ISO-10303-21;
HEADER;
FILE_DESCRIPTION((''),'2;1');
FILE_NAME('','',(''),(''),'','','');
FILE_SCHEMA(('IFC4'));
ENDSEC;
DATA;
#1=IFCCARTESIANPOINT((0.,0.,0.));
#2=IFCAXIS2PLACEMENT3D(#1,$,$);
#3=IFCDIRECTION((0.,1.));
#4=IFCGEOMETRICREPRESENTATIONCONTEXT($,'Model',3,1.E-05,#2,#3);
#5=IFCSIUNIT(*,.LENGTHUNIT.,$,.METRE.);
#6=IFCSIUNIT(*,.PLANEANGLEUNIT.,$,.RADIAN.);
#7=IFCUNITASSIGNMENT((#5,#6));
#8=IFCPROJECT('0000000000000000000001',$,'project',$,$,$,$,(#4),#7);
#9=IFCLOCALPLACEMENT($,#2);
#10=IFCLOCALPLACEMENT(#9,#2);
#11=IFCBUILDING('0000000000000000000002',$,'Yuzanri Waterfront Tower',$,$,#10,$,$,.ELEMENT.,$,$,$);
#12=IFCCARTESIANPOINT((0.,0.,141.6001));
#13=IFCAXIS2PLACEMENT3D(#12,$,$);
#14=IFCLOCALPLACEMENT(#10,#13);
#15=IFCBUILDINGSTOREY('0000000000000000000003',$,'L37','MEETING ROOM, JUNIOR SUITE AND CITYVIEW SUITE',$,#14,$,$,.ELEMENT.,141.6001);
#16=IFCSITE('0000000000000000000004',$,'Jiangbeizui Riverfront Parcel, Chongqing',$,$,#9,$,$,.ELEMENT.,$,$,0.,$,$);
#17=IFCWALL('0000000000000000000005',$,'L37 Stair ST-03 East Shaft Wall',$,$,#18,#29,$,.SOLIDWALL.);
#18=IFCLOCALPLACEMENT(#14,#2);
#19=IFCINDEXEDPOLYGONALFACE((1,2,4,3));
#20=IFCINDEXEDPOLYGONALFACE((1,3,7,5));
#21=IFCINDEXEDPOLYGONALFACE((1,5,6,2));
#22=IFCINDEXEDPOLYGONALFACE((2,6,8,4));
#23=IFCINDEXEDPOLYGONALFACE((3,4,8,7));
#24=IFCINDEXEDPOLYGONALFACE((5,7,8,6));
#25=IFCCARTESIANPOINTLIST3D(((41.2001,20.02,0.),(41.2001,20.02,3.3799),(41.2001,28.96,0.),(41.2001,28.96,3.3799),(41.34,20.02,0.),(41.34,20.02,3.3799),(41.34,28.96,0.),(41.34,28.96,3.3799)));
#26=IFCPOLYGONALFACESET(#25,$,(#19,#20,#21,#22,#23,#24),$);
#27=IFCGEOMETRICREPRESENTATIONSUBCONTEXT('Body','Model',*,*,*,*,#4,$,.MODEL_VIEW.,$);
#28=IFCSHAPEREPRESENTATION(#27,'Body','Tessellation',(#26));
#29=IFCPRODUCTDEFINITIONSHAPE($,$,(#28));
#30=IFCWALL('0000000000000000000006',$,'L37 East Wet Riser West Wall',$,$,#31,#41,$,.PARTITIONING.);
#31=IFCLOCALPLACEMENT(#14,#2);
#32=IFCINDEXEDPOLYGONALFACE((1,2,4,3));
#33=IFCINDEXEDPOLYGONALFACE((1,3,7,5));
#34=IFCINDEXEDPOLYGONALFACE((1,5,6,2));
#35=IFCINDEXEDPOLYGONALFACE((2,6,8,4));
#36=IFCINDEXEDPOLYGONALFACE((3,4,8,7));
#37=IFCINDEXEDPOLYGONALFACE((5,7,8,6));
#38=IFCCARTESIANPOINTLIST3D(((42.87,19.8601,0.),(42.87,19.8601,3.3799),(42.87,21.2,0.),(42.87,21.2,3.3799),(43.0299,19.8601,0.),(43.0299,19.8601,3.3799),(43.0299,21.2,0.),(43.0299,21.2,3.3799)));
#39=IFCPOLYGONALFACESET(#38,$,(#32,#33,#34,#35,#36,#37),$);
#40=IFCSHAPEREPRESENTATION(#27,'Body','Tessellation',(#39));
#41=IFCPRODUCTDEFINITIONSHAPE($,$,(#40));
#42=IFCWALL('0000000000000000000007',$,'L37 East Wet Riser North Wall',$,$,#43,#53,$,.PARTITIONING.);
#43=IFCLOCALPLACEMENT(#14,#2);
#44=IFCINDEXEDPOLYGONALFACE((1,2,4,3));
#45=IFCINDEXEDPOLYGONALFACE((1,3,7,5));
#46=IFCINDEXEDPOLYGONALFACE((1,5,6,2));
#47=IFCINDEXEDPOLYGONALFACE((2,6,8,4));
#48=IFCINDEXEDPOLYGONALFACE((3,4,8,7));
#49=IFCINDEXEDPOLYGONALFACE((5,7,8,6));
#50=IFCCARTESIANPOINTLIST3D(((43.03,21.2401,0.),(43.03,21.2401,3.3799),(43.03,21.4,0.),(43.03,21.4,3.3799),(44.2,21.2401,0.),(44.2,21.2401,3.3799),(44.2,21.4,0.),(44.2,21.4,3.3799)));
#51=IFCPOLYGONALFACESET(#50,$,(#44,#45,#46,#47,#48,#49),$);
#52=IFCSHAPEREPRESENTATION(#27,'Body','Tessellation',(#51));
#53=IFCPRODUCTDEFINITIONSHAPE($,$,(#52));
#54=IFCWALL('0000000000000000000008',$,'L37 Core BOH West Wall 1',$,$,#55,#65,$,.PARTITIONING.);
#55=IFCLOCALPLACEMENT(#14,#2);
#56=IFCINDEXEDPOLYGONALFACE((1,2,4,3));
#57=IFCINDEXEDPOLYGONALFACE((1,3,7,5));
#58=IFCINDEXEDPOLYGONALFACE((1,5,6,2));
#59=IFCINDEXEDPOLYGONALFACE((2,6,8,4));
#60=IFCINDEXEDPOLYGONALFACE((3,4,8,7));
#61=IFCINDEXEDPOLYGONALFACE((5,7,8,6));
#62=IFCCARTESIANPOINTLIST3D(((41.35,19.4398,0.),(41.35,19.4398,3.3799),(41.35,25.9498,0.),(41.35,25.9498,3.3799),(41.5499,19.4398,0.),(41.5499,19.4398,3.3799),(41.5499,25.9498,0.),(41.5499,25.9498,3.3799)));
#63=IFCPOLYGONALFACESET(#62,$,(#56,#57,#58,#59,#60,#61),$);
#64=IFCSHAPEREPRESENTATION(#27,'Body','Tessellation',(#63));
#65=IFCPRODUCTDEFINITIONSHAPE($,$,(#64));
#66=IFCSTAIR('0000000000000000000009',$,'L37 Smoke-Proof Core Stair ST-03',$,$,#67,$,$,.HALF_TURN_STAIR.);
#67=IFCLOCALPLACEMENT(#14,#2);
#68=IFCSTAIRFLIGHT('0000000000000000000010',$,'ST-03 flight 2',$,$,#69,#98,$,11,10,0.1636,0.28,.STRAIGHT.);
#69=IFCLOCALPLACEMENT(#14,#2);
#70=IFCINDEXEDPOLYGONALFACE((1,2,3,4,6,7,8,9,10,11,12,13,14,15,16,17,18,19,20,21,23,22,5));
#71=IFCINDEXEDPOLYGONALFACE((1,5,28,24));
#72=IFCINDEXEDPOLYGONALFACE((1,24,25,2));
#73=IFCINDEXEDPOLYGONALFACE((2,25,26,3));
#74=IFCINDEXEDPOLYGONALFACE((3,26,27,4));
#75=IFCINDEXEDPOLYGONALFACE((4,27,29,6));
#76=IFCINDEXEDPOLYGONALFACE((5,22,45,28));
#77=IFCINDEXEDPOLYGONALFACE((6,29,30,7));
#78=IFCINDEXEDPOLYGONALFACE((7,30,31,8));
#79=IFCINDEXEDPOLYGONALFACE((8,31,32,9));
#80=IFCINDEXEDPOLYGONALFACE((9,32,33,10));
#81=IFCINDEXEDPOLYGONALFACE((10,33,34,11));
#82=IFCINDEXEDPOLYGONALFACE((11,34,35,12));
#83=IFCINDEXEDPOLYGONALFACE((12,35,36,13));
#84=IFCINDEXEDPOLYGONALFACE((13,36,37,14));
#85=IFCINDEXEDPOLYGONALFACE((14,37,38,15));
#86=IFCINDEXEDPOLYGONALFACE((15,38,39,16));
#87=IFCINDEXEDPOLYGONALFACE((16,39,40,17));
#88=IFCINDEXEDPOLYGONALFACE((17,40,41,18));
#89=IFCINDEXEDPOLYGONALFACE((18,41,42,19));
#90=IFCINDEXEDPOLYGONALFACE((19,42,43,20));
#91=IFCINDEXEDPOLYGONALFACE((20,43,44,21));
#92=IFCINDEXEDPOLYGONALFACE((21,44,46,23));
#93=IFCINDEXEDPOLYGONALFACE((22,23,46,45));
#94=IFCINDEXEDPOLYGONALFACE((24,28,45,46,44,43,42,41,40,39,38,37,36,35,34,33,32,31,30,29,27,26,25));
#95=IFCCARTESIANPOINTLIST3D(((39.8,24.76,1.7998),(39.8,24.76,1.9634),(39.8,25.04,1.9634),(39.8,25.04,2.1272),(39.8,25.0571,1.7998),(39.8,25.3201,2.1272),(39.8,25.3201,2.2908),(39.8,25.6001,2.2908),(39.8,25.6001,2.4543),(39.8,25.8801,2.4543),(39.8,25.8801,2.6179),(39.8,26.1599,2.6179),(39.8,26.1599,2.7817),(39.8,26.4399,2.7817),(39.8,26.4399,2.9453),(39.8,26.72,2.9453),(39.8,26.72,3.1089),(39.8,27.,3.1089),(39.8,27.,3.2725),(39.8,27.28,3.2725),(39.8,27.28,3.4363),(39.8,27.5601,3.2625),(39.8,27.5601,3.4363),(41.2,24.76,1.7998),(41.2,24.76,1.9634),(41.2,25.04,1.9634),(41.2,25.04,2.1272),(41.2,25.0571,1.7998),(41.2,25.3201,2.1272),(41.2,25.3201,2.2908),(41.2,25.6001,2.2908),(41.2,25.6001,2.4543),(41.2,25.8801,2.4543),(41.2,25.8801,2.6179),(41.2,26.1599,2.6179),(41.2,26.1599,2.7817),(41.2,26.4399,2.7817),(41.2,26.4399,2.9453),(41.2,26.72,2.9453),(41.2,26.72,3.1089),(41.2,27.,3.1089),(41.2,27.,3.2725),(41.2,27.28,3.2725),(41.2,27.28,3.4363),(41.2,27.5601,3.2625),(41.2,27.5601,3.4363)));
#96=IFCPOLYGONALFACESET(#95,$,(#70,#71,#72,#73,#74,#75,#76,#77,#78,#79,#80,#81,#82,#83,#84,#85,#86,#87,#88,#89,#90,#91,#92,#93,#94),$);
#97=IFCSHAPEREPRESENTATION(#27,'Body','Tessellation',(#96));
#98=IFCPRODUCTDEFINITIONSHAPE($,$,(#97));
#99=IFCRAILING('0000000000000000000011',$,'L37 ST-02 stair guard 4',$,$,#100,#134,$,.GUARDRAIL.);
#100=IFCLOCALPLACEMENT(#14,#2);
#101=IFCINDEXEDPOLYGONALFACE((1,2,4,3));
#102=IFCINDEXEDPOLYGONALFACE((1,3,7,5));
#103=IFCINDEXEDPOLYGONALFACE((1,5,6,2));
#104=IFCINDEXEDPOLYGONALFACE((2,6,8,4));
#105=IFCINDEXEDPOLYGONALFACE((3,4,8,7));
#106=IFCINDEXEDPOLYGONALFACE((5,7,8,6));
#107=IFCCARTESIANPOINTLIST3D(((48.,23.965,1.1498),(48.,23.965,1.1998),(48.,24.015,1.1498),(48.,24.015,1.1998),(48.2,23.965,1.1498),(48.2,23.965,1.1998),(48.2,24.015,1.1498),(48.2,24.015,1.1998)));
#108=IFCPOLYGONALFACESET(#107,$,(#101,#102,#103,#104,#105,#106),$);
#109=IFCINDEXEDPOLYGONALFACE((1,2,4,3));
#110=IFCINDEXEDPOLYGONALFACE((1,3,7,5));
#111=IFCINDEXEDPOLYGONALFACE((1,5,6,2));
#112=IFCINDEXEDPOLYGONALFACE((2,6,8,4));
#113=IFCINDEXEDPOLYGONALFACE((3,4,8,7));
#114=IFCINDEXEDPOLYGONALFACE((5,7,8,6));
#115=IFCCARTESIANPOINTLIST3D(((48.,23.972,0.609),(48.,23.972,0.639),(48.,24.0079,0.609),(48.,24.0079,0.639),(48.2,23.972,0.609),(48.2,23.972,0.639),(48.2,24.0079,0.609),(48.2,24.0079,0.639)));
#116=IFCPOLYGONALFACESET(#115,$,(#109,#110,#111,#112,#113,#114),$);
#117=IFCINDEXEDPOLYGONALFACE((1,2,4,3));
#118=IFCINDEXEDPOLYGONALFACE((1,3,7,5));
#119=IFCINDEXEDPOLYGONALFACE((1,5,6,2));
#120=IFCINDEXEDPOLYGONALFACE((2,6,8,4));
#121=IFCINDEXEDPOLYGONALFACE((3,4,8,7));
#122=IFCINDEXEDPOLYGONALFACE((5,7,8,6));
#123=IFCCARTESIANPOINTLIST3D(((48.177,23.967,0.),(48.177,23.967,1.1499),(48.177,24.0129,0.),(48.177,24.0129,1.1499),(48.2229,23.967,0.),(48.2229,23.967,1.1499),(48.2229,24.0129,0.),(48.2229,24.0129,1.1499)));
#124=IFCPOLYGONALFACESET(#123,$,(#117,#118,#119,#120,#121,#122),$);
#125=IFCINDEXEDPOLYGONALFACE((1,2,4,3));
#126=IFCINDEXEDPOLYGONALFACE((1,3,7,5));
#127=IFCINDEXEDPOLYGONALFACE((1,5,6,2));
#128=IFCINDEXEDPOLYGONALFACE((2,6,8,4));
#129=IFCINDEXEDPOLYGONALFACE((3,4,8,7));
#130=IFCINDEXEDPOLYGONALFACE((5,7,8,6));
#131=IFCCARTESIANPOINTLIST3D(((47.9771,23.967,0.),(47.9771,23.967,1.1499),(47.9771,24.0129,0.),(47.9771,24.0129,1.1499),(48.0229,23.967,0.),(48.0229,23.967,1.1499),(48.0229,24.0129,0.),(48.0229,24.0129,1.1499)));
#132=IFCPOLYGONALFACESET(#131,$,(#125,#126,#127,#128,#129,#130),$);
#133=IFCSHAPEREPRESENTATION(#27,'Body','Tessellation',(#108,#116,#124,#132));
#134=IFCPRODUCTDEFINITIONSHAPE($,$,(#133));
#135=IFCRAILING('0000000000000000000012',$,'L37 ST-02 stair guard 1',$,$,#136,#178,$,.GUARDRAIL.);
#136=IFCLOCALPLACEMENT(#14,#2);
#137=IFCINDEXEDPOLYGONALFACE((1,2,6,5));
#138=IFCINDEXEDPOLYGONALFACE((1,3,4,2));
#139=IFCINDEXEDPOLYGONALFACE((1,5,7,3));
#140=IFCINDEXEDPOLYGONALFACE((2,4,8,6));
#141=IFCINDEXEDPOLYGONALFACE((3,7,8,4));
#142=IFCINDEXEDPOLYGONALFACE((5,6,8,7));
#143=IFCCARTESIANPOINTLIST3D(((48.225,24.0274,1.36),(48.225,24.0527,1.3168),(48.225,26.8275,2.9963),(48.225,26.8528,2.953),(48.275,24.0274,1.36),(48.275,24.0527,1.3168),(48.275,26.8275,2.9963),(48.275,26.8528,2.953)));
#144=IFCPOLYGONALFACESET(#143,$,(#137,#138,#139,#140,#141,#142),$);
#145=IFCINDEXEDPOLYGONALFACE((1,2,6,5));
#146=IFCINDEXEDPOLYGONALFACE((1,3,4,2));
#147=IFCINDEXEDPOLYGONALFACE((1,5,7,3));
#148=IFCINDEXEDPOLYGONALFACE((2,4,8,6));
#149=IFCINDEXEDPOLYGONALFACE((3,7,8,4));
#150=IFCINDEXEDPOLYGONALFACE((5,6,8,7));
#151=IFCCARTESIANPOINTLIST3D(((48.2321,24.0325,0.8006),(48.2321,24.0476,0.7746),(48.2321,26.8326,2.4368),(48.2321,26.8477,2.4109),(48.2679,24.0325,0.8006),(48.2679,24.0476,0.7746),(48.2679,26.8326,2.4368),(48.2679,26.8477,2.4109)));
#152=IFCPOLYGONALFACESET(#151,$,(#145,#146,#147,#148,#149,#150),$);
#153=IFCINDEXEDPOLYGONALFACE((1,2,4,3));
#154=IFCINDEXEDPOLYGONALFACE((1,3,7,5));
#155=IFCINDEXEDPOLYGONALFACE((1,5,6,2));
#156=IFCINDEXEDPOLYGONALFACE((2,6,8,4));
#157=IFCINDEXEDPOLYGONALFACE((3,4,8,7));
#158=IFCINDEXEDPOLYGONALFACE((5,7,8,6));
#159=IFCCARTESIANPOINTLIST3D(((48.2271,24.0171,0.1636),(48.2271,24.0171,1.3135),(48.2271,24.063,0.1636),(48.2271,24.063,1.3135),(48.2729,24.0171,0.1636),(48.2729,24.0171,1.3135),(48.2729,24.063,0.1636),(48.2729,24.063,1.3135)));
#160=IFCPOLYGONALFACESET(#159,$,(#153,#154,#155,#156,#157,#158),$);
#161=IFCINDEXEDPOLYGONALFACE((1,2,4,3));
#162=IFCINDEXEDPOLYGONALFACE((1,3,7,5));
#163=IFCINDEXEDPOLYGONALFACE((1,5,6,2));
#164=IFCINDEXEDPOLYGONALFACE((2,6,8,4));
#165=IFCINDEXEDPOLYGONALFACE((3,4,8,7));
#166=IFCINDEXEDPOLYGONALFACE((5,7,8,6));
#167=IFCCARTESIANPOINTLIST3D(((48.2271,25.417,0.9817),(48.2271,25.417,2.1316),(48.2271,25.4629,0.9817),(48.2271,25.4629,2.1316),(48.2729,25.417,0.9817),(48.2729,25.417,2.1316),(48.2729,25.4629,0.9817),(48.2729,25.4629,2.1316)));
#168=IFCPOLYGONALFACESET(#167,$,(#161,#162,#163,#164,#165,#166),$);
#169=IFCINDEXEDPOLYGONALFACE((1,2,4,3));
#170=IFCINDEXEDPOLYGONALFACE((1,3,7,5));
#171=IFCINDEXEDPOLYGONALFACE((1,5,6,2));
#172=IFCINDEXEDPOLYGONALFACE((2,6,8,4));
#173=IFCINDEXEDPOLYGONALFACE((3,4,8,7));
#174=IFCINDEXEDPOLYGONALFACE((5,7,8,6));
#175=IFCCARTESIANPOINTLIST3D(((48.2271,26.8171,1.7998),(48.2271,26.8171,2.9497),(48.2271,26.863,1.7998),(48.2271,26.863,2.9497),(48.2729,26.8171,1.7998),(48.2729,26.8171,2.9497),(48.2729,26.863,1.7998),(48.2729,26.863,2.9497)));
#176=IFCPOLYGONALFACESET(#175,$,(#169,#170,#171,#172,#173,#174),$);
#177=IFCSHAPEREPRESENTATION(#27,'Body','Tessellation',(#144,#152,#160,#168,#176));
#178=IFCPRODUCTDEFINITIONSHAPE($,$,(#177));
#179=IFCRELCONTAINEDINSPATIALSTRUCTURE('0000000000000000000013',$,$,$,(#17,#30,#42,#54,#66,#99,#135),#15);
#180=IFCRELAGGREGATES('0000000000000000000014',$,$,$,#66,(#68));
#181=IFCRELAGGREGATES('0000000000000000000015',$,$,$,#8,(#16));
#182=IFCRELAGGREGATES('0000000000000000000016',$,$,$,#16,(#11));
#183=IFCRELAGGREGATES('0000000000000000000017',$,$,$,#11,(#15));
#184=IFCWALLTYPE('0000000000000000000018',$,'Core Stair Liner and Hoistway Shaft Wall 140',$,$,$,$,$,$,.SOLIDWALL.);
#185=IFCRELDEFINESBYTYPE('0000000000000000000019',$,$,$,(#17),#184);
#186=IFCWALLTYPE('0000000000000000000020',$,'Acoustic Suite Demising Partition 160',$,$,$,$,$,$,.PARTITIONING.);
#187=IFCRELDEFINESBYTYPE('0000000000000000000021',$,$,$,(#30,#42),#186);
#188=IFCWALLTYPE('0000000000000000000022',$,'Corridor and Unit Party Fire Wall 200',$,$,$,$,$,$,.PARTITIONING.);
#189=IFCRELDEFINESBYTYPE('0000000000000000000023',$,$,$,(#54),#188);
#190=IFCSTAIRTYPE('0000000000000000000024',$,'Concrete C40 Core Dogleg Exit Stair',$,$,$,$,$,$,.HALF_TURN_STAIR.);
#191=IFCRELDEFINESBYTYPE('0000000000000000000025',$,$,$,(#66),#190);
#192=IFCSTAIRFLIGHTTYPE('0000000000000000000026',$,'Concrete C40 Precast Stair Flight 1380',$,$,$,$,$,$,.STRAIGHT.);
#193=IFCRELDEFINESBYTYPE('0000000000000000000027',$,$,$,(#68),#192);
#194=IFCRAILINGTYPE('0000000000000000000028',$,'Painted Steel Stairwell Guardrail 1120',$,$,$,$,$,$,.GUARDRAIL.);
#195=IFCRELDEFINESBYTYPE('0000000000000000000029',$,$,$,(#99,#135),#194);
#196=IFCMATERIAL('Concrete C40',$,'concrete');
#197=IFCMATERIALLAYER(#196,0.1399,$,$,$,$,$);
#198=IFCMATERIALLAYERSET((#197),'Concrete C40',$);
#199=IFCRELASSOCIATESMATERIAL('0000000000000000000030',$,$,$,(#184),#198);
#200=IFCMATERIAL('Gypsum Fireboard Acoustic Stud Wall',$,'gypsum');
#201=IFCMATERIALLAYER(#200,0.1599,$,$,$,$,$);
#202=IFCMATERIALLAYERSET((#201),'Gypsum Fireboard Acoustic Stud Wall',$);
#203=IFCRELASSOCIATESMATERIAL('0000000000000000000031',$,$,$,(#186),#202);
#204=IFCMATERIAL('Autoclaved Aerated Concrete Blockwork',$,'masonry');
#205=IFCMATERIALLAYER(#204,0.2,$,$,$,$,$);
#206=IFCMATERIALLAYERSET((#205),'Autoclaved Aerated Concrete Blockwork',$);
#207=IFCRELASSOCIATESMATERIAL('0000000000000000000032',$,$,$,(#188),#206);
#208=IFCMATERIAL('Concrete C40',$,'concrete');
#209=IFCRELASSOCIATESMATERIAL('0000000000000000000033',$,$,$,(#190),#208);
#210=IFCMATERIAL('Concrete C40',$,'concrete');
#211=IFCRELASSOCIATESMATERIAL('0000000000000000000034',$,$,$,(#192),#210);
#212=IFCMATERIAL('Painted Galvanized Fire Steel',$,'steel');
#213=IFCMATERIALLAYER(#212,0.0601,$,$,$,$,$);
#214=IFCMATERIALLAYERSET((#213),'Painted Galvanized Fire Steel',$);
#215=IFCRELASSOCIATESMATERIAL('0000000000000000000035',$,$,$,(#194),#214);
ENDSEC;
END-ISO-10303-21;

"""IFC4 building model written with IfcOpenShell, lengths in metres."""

from ifc_helpers import new_model, si_unit, direction, frame, frame_2d, origin, origin_2d, place, context, subcontext, project, spatial, polyline, rectangle, outline, extrude, source, transform, mapped, material, layer, layer_set, type_object, element, aggregate, save


model = new_model("IFC4")

# Units and contexts
model_context = context("Model", 3, precision=1e-05, world=origin(), true_north=direction((0.0, 1.0)))
body_context = subcontext(model_context, "Body", "Model", "MODEL_VIEW")
ifc_project = project(units=[si_unit("LENGTHUNIT", "METRE"), si_unit("PLANEANGLEUNIT", "RADIAN")], contexts=[model_context])

# Site, building, storey
site_placement = place(None, origin())
site = spatial("IfcSite", under=ifc_project, at=site_placement, Name="Jiangbeizui Riverfront Parcel, Chongqing", CompositionType="ELEMENT", RefElevation=0.0)
building_placement = place(site_placement, origin())
building = spatial("IfcBuilding", under=site, at=building_placement, Name="Yuzanri Waterfront Tower", CompositionType="ELEMENT")
storey_placement = place(building_placement, frame((0.0, 0.0, 141.6001)))
storey = spatial("IfcBuildingStorey", under=building, at=storey_placement, Name="L37", Description="MEETING ROOM, JUNIOR SUITE AND CITYVIEW SUITE", CompositionType="ELEMENT", Elevation=141.6001)

# Shared definitions
ifc_material_1 = material(Name="Concrete C40", Category="concrete")
ifc_layer_1 = layer(ifc_material_1, 0.1399)
ifc_layer_set_1 = layer_set([ifc_layer_1], Name="Concrete C40")
wall_type_1 = type_object("IfcWallType", Name="Core Stair Liner and Hoistway Shaft Wall 140", PredefinedType="SOLIDWALL", material=ifc_layer_set_1)

# Walls
shared_shape_1 = source(origin(), body_context, "Body", "SweptSolid", [
    extrude(rectangle(XDim=8.9399, YDim=0.1399, at=frame_2d((4.47, 0.0))), origin(), (0.0, 0.0, 1.0), 3.3799),
])
wall_1_placement = place(storey_placement, frame((41.27, 20.02, 0.0), z_axis=(0.0, 0.0, 1.0), x_axis=(0.0, 1.0, 0.0)))
element("IfcWall", 1, at=wall_1_placement, inside=storey, type_object=wall_type_1, Name="L37 Stair ST-03 East Shaft Wall", PredefinedType="SOLIDWALL", context=body_context, shape_type="MappedRepresentation", body=[
    mapped(shared_shape_1, transform((0.0, 0.0, 0.0), scale=1.0)),
])
ifc_material_2 = material(Name="Gypsum Fireboard Acoustic Stud Wall", Category="gypsum")
ifc_layer_2 = layer(ifc_material_2, 0.1599)
ifc_layer_set_2 = layer_set([ifc_layer_2], Name="Gypsum Fireboard Acoustic Stud Wall")
wall_type_2 = type_object("IfcWallType", Name="Acoustic Suite Demising Partition 160", PredefinedType="PARTITIONING", material=ifc_layer_set_2)
shared_shape_2 = source(origin(), body_context, "Body", "SweptSolid", [
    extrude(rectangle(XDim=1.3398, YDim=0.1599, at=frame_2d((0.6699, 0.0))), origin(), (0.0, 0.0, 1.0), 3.3799),
])
wall_2_placement = place(storey_placement, frame((42.95, 19.8601, 0.0), z_axis=(0.0, 0.0, 1.0), x_axis=(0.0, 1.0, 0.0)))
element("IfcWall", 2, at=wall_2_placement, inside=storey, type_object=wall_type_2, Name="L37 East Wet Riser West Wall", PredefinedType="PARTITIONING", context=body_context, shape_type="MappedRepresentation", body=[
    mapped(shared_shape_2, transform((0.0, 0.0, 0.0), scale=1.0)),
])
shared_shape_3 = source(origin(), body_context, "Body", "SweptSolid", [
    extrude(rectangle(XDim=1.1699, YDim=0.1599, at=frame_2d((0.585, 0.0))), origin(), (0.0, 0.0, 1.0), 3.3799),
])
wall_3_placement = place(storey_placement, frame((43.03, 21.3201, 0.0), z_axis=(0.0, 0.0, 1.0), x_axis=(1.0, 0.0, 0.0)))
element("IfcWall", 3, at=wall_3_placement, inside=storey, type_object=wall_type_2, Name="L37 East Wet Riser North Wall", PredefinedType="PARTITIONING", context=body_context, shape_type="MappedRepresentation", body=[
    mapped(shared_shape_3, transform((0.0, 0.0, 0.0), scale=1.0)),
])
ifc_material_3 = material(Name="Autoclaved Aerated Concrete Blockwork", Category="masonry")
ifc_layer_3 = layer(ifc_material_3, 0.2)
ifc_layer_set_3 = layer_set([ifc_layer_3], Name="Autoclaved Aerated Concrete Blockwork")
wall_type_3 = type_object("IfcWallType", Name="Corridor and Unit Party Fire Wall 200", PredefinedType="PARTITIONING", material=ifc_layer_set_3)
shared_shape_4 = source(origin(), body_context, "Body", "SweptSolid", [
    extrude(rectangle(XDim=6.51, YDim=0.2, at=frame_2d((3.2549, 0.0))), origin(), (0.0, 0.0, 1.0), 3.3799),
])
wall_4_placement = place(storey_placement, frame((41.45, 19.4399, 0.0), z_axis=(0.0, 0.0, 1.0), x_axis=(0.0, 1.0, 0.0)))
element("IfcWall", 4, at=wall_4_placement, inside=storey, type_object=wall_type_3, Name="L37 Core BOH West Wall 1", PredefinedType="PARTITIONING", context=body_context, shape_type="MappedRepresentation", body=[
    mapped(shared_shape_4, transform((0.0, 0.0, 0.0), scale=1.0)),
])

# Stair, stair flight
ifc_material_4 = material(Name="Concrete C40", Category="concrete")
stair_type = type_object("IfcStairType", Name="Concrete C40 Core Dogleg Exit Stair", PredefinedType="HALF_TURN_STAIR", material=ifc_material_4)
stair_placement = place(storey_placement, origin())
stair = element("IfcStair", 5, at=stair_placement, inside=storey, type_object=stair_type, Name="L37 Smoke-Proof Core Stair ST-03", PredefinedType="HALF_TURN_STAIR")
ifc_material_5 = material(Name="Concrete C40", Category="concrete")
stair_flight_type = type_object("IfcStairFlightType", Name="Concrete C40 Precast Stair Flight 1380", PredefinedType="STRAIGHT", material=ifc_material_5)
shared_shape_5 = source(origin(), body_context, "Body", "SweptSolid", [
    extrude(outline(polyline([(0.0, 0.0), (0.0, 0.1636), (0.28, 0.1636), (0.28, 0.3274), (0.5601, 0.3274), (0.5601, 0.491), (0.8401, 0.491), (0.8401, 0.6545), (1.1201, 0.6545), (1.1201, 0.8181), (1.3999, 0.8181), (1.3999, 0.9819), (1.6799, 0.9819), (1.6799, 1.1455), (1.96, 1.1455), (1.96, 1.3091), (2.24, 1.3091), (2.24, 1.4727), (2.52, 1.4727), (2.52, 1.6365), (2.8, 1.6365), (2.8, 1.8), (2.8, 1.4626), (0.2971, 0.0), (0.0, 0.0)])), frame((0.0, 0.7, 0.0), z_axis=(0.0, -1.0, 0.0), x_axis=(1.0, 0.0, 0.0)), (0.0, 0.0, 1.0), 1.3999),
])
stair_flight_placement = place(storey_placement, frame((40.5, 24.76, 1.7998), z_axis=(0.0, 0.0, 1.0), x_axis=(0.0, 1.0, 0.0)))
stair_flight = element("IfcStairFlight", 6, at=stair_flight_placement, type_object=stair_flight_type, Name="ST-03 flight 2", NumberOfRisers=11, NumberOfTreads=10, PredefinedType="STRAIGHT", RiserHeight=0.1636, TreadLength=0.28, context=body_context, shape_type="MappedRepresentation", body=[
    mapped(shared_shape_5, transform((0.0, 0.0, 0.0), scale=1.0)),
])
aggregate(stair, [stair_flight])

# Railings
ifc_material_6 = material(Name="Painted Galvanized Fire Steel", Category="steel")
ifc_layer_4 = layer(ifc_material_6, 0.0601)
ifc_layer_set_4 = layer_set([ifc_layer_4], Name="Painted Galvanized Fire Steel")
railing_type_1 = type_object("IfcRailingType", Name="Painted Steel Stairwell Guardrail 1120", PredefinedType="GUARDRAIL", material=ifc_layer_set_4)
shared_shape_6 = source(origin(), body_context, "Body", "SweptSolid", [
    extrude(rectangle(XDim=0.05, YDim=0.05, at=origin_2d()), frame((0.0, 0.0, 1.1748), z_axis=(-1.0, 0.0, 0.0), x_axis=(0.0, -1.0, 0.0)), (0.0, 0.0, 1.0), 0.2),
    extrude(rectangle(XDim=0.0359, YDim=0.03, at=origin_2d()), frame((0.0, 0.0, 0.624), z_axis=(-1.0, 0.0, 0.0), x_axis=(0.0, -1.0, 0.0)), (0.0, 0.0, 1.0), 0.2),
    extrude(rectangle(XDim=0.0459, YDim=0.0459, at=origin_2d()), origin(), (0.0, 0.0, 1.0), 1.1499),
    extrude(rectangle(XDim=0.0459, YDim=0.0459, at=origin_2d()), frame((-0.2, 0.0, 0.0)), (0.0, 0.0, 1.0), 1.1499),
])
railing_1_placement = place(storey_placement, frame((48.2, 23.99, 0.0)))
element("IfcRailing", 7, at=railing_1_placement, inside=storey, type_object=railing_type_1, Name="L37 ST-02 stair guard 4", PredefinedType="GUARDRAIL", context=body_context, shape_type="MappedRepresentation", body=[
    mapped(shared_shape_6, transform((0.0, 0.0, 0.0), scale=1.0)),
])
shared_shape_7 = source(origin(), body_context, "Body", "SweptSolid", [
    extrude(rectangle(XDim=0.05, YDim=0.05, at=origin_2d()), frame((0.0, 0.0, 1.1748), z_axis=(0.0, 0.863394, 0.504531), x_axis=(-1.0, 0.0, 0.0)), (0.0, 0.0, 1.0), 3.2432),
    extrude(rectangle(XDim=0.0359, YDim=0.03, at=origin_2d()), frame((0.0, 0.0, 0.624), z_axis=(0.0, 0.863394, 0.504531), x_axis=(-1.0, 0.0, 0.0)), (0.0, 0.0, 1.0), 3.2432),
    extrude(rectangle(XDim=0.0459, YDim=0.0459, at=origin_2d()), origin(), (0.0, 0.0, 1.0), 1.1499),
    extrude(rectangle(XDim=0.0459, YDim=0.0459, at=origin_2d()), frame((0.0, 1.3999, 0.8181)), (0.0, 0.0, 1.0), 1.1499),
    extrude(rectangle(XDim=0.0459, YDim=0.0459, at=origin_2d()), frame((0.0, 2.8, 1.6362)), (0.0, 0.0, 1.0), 1.1499),
])
for number, where, name in (
    (8, (48.25, 24.04, 0.1636), "L37 ST-02 stair guard 1"),
):
    element("IfcRailing", number, at=place(storey_placement, frame(where)), inside=storey, type_object=railing_type_1, Name=name, PredefinedType="GUARDRAIL", context=body_context, shape_type="MappedRepresentation", body=[
        mapped(shared_shape_7, transform((0.0, 0.0, 0.0), scale=1.0)),
    ])

save(model, "model.ifc")
